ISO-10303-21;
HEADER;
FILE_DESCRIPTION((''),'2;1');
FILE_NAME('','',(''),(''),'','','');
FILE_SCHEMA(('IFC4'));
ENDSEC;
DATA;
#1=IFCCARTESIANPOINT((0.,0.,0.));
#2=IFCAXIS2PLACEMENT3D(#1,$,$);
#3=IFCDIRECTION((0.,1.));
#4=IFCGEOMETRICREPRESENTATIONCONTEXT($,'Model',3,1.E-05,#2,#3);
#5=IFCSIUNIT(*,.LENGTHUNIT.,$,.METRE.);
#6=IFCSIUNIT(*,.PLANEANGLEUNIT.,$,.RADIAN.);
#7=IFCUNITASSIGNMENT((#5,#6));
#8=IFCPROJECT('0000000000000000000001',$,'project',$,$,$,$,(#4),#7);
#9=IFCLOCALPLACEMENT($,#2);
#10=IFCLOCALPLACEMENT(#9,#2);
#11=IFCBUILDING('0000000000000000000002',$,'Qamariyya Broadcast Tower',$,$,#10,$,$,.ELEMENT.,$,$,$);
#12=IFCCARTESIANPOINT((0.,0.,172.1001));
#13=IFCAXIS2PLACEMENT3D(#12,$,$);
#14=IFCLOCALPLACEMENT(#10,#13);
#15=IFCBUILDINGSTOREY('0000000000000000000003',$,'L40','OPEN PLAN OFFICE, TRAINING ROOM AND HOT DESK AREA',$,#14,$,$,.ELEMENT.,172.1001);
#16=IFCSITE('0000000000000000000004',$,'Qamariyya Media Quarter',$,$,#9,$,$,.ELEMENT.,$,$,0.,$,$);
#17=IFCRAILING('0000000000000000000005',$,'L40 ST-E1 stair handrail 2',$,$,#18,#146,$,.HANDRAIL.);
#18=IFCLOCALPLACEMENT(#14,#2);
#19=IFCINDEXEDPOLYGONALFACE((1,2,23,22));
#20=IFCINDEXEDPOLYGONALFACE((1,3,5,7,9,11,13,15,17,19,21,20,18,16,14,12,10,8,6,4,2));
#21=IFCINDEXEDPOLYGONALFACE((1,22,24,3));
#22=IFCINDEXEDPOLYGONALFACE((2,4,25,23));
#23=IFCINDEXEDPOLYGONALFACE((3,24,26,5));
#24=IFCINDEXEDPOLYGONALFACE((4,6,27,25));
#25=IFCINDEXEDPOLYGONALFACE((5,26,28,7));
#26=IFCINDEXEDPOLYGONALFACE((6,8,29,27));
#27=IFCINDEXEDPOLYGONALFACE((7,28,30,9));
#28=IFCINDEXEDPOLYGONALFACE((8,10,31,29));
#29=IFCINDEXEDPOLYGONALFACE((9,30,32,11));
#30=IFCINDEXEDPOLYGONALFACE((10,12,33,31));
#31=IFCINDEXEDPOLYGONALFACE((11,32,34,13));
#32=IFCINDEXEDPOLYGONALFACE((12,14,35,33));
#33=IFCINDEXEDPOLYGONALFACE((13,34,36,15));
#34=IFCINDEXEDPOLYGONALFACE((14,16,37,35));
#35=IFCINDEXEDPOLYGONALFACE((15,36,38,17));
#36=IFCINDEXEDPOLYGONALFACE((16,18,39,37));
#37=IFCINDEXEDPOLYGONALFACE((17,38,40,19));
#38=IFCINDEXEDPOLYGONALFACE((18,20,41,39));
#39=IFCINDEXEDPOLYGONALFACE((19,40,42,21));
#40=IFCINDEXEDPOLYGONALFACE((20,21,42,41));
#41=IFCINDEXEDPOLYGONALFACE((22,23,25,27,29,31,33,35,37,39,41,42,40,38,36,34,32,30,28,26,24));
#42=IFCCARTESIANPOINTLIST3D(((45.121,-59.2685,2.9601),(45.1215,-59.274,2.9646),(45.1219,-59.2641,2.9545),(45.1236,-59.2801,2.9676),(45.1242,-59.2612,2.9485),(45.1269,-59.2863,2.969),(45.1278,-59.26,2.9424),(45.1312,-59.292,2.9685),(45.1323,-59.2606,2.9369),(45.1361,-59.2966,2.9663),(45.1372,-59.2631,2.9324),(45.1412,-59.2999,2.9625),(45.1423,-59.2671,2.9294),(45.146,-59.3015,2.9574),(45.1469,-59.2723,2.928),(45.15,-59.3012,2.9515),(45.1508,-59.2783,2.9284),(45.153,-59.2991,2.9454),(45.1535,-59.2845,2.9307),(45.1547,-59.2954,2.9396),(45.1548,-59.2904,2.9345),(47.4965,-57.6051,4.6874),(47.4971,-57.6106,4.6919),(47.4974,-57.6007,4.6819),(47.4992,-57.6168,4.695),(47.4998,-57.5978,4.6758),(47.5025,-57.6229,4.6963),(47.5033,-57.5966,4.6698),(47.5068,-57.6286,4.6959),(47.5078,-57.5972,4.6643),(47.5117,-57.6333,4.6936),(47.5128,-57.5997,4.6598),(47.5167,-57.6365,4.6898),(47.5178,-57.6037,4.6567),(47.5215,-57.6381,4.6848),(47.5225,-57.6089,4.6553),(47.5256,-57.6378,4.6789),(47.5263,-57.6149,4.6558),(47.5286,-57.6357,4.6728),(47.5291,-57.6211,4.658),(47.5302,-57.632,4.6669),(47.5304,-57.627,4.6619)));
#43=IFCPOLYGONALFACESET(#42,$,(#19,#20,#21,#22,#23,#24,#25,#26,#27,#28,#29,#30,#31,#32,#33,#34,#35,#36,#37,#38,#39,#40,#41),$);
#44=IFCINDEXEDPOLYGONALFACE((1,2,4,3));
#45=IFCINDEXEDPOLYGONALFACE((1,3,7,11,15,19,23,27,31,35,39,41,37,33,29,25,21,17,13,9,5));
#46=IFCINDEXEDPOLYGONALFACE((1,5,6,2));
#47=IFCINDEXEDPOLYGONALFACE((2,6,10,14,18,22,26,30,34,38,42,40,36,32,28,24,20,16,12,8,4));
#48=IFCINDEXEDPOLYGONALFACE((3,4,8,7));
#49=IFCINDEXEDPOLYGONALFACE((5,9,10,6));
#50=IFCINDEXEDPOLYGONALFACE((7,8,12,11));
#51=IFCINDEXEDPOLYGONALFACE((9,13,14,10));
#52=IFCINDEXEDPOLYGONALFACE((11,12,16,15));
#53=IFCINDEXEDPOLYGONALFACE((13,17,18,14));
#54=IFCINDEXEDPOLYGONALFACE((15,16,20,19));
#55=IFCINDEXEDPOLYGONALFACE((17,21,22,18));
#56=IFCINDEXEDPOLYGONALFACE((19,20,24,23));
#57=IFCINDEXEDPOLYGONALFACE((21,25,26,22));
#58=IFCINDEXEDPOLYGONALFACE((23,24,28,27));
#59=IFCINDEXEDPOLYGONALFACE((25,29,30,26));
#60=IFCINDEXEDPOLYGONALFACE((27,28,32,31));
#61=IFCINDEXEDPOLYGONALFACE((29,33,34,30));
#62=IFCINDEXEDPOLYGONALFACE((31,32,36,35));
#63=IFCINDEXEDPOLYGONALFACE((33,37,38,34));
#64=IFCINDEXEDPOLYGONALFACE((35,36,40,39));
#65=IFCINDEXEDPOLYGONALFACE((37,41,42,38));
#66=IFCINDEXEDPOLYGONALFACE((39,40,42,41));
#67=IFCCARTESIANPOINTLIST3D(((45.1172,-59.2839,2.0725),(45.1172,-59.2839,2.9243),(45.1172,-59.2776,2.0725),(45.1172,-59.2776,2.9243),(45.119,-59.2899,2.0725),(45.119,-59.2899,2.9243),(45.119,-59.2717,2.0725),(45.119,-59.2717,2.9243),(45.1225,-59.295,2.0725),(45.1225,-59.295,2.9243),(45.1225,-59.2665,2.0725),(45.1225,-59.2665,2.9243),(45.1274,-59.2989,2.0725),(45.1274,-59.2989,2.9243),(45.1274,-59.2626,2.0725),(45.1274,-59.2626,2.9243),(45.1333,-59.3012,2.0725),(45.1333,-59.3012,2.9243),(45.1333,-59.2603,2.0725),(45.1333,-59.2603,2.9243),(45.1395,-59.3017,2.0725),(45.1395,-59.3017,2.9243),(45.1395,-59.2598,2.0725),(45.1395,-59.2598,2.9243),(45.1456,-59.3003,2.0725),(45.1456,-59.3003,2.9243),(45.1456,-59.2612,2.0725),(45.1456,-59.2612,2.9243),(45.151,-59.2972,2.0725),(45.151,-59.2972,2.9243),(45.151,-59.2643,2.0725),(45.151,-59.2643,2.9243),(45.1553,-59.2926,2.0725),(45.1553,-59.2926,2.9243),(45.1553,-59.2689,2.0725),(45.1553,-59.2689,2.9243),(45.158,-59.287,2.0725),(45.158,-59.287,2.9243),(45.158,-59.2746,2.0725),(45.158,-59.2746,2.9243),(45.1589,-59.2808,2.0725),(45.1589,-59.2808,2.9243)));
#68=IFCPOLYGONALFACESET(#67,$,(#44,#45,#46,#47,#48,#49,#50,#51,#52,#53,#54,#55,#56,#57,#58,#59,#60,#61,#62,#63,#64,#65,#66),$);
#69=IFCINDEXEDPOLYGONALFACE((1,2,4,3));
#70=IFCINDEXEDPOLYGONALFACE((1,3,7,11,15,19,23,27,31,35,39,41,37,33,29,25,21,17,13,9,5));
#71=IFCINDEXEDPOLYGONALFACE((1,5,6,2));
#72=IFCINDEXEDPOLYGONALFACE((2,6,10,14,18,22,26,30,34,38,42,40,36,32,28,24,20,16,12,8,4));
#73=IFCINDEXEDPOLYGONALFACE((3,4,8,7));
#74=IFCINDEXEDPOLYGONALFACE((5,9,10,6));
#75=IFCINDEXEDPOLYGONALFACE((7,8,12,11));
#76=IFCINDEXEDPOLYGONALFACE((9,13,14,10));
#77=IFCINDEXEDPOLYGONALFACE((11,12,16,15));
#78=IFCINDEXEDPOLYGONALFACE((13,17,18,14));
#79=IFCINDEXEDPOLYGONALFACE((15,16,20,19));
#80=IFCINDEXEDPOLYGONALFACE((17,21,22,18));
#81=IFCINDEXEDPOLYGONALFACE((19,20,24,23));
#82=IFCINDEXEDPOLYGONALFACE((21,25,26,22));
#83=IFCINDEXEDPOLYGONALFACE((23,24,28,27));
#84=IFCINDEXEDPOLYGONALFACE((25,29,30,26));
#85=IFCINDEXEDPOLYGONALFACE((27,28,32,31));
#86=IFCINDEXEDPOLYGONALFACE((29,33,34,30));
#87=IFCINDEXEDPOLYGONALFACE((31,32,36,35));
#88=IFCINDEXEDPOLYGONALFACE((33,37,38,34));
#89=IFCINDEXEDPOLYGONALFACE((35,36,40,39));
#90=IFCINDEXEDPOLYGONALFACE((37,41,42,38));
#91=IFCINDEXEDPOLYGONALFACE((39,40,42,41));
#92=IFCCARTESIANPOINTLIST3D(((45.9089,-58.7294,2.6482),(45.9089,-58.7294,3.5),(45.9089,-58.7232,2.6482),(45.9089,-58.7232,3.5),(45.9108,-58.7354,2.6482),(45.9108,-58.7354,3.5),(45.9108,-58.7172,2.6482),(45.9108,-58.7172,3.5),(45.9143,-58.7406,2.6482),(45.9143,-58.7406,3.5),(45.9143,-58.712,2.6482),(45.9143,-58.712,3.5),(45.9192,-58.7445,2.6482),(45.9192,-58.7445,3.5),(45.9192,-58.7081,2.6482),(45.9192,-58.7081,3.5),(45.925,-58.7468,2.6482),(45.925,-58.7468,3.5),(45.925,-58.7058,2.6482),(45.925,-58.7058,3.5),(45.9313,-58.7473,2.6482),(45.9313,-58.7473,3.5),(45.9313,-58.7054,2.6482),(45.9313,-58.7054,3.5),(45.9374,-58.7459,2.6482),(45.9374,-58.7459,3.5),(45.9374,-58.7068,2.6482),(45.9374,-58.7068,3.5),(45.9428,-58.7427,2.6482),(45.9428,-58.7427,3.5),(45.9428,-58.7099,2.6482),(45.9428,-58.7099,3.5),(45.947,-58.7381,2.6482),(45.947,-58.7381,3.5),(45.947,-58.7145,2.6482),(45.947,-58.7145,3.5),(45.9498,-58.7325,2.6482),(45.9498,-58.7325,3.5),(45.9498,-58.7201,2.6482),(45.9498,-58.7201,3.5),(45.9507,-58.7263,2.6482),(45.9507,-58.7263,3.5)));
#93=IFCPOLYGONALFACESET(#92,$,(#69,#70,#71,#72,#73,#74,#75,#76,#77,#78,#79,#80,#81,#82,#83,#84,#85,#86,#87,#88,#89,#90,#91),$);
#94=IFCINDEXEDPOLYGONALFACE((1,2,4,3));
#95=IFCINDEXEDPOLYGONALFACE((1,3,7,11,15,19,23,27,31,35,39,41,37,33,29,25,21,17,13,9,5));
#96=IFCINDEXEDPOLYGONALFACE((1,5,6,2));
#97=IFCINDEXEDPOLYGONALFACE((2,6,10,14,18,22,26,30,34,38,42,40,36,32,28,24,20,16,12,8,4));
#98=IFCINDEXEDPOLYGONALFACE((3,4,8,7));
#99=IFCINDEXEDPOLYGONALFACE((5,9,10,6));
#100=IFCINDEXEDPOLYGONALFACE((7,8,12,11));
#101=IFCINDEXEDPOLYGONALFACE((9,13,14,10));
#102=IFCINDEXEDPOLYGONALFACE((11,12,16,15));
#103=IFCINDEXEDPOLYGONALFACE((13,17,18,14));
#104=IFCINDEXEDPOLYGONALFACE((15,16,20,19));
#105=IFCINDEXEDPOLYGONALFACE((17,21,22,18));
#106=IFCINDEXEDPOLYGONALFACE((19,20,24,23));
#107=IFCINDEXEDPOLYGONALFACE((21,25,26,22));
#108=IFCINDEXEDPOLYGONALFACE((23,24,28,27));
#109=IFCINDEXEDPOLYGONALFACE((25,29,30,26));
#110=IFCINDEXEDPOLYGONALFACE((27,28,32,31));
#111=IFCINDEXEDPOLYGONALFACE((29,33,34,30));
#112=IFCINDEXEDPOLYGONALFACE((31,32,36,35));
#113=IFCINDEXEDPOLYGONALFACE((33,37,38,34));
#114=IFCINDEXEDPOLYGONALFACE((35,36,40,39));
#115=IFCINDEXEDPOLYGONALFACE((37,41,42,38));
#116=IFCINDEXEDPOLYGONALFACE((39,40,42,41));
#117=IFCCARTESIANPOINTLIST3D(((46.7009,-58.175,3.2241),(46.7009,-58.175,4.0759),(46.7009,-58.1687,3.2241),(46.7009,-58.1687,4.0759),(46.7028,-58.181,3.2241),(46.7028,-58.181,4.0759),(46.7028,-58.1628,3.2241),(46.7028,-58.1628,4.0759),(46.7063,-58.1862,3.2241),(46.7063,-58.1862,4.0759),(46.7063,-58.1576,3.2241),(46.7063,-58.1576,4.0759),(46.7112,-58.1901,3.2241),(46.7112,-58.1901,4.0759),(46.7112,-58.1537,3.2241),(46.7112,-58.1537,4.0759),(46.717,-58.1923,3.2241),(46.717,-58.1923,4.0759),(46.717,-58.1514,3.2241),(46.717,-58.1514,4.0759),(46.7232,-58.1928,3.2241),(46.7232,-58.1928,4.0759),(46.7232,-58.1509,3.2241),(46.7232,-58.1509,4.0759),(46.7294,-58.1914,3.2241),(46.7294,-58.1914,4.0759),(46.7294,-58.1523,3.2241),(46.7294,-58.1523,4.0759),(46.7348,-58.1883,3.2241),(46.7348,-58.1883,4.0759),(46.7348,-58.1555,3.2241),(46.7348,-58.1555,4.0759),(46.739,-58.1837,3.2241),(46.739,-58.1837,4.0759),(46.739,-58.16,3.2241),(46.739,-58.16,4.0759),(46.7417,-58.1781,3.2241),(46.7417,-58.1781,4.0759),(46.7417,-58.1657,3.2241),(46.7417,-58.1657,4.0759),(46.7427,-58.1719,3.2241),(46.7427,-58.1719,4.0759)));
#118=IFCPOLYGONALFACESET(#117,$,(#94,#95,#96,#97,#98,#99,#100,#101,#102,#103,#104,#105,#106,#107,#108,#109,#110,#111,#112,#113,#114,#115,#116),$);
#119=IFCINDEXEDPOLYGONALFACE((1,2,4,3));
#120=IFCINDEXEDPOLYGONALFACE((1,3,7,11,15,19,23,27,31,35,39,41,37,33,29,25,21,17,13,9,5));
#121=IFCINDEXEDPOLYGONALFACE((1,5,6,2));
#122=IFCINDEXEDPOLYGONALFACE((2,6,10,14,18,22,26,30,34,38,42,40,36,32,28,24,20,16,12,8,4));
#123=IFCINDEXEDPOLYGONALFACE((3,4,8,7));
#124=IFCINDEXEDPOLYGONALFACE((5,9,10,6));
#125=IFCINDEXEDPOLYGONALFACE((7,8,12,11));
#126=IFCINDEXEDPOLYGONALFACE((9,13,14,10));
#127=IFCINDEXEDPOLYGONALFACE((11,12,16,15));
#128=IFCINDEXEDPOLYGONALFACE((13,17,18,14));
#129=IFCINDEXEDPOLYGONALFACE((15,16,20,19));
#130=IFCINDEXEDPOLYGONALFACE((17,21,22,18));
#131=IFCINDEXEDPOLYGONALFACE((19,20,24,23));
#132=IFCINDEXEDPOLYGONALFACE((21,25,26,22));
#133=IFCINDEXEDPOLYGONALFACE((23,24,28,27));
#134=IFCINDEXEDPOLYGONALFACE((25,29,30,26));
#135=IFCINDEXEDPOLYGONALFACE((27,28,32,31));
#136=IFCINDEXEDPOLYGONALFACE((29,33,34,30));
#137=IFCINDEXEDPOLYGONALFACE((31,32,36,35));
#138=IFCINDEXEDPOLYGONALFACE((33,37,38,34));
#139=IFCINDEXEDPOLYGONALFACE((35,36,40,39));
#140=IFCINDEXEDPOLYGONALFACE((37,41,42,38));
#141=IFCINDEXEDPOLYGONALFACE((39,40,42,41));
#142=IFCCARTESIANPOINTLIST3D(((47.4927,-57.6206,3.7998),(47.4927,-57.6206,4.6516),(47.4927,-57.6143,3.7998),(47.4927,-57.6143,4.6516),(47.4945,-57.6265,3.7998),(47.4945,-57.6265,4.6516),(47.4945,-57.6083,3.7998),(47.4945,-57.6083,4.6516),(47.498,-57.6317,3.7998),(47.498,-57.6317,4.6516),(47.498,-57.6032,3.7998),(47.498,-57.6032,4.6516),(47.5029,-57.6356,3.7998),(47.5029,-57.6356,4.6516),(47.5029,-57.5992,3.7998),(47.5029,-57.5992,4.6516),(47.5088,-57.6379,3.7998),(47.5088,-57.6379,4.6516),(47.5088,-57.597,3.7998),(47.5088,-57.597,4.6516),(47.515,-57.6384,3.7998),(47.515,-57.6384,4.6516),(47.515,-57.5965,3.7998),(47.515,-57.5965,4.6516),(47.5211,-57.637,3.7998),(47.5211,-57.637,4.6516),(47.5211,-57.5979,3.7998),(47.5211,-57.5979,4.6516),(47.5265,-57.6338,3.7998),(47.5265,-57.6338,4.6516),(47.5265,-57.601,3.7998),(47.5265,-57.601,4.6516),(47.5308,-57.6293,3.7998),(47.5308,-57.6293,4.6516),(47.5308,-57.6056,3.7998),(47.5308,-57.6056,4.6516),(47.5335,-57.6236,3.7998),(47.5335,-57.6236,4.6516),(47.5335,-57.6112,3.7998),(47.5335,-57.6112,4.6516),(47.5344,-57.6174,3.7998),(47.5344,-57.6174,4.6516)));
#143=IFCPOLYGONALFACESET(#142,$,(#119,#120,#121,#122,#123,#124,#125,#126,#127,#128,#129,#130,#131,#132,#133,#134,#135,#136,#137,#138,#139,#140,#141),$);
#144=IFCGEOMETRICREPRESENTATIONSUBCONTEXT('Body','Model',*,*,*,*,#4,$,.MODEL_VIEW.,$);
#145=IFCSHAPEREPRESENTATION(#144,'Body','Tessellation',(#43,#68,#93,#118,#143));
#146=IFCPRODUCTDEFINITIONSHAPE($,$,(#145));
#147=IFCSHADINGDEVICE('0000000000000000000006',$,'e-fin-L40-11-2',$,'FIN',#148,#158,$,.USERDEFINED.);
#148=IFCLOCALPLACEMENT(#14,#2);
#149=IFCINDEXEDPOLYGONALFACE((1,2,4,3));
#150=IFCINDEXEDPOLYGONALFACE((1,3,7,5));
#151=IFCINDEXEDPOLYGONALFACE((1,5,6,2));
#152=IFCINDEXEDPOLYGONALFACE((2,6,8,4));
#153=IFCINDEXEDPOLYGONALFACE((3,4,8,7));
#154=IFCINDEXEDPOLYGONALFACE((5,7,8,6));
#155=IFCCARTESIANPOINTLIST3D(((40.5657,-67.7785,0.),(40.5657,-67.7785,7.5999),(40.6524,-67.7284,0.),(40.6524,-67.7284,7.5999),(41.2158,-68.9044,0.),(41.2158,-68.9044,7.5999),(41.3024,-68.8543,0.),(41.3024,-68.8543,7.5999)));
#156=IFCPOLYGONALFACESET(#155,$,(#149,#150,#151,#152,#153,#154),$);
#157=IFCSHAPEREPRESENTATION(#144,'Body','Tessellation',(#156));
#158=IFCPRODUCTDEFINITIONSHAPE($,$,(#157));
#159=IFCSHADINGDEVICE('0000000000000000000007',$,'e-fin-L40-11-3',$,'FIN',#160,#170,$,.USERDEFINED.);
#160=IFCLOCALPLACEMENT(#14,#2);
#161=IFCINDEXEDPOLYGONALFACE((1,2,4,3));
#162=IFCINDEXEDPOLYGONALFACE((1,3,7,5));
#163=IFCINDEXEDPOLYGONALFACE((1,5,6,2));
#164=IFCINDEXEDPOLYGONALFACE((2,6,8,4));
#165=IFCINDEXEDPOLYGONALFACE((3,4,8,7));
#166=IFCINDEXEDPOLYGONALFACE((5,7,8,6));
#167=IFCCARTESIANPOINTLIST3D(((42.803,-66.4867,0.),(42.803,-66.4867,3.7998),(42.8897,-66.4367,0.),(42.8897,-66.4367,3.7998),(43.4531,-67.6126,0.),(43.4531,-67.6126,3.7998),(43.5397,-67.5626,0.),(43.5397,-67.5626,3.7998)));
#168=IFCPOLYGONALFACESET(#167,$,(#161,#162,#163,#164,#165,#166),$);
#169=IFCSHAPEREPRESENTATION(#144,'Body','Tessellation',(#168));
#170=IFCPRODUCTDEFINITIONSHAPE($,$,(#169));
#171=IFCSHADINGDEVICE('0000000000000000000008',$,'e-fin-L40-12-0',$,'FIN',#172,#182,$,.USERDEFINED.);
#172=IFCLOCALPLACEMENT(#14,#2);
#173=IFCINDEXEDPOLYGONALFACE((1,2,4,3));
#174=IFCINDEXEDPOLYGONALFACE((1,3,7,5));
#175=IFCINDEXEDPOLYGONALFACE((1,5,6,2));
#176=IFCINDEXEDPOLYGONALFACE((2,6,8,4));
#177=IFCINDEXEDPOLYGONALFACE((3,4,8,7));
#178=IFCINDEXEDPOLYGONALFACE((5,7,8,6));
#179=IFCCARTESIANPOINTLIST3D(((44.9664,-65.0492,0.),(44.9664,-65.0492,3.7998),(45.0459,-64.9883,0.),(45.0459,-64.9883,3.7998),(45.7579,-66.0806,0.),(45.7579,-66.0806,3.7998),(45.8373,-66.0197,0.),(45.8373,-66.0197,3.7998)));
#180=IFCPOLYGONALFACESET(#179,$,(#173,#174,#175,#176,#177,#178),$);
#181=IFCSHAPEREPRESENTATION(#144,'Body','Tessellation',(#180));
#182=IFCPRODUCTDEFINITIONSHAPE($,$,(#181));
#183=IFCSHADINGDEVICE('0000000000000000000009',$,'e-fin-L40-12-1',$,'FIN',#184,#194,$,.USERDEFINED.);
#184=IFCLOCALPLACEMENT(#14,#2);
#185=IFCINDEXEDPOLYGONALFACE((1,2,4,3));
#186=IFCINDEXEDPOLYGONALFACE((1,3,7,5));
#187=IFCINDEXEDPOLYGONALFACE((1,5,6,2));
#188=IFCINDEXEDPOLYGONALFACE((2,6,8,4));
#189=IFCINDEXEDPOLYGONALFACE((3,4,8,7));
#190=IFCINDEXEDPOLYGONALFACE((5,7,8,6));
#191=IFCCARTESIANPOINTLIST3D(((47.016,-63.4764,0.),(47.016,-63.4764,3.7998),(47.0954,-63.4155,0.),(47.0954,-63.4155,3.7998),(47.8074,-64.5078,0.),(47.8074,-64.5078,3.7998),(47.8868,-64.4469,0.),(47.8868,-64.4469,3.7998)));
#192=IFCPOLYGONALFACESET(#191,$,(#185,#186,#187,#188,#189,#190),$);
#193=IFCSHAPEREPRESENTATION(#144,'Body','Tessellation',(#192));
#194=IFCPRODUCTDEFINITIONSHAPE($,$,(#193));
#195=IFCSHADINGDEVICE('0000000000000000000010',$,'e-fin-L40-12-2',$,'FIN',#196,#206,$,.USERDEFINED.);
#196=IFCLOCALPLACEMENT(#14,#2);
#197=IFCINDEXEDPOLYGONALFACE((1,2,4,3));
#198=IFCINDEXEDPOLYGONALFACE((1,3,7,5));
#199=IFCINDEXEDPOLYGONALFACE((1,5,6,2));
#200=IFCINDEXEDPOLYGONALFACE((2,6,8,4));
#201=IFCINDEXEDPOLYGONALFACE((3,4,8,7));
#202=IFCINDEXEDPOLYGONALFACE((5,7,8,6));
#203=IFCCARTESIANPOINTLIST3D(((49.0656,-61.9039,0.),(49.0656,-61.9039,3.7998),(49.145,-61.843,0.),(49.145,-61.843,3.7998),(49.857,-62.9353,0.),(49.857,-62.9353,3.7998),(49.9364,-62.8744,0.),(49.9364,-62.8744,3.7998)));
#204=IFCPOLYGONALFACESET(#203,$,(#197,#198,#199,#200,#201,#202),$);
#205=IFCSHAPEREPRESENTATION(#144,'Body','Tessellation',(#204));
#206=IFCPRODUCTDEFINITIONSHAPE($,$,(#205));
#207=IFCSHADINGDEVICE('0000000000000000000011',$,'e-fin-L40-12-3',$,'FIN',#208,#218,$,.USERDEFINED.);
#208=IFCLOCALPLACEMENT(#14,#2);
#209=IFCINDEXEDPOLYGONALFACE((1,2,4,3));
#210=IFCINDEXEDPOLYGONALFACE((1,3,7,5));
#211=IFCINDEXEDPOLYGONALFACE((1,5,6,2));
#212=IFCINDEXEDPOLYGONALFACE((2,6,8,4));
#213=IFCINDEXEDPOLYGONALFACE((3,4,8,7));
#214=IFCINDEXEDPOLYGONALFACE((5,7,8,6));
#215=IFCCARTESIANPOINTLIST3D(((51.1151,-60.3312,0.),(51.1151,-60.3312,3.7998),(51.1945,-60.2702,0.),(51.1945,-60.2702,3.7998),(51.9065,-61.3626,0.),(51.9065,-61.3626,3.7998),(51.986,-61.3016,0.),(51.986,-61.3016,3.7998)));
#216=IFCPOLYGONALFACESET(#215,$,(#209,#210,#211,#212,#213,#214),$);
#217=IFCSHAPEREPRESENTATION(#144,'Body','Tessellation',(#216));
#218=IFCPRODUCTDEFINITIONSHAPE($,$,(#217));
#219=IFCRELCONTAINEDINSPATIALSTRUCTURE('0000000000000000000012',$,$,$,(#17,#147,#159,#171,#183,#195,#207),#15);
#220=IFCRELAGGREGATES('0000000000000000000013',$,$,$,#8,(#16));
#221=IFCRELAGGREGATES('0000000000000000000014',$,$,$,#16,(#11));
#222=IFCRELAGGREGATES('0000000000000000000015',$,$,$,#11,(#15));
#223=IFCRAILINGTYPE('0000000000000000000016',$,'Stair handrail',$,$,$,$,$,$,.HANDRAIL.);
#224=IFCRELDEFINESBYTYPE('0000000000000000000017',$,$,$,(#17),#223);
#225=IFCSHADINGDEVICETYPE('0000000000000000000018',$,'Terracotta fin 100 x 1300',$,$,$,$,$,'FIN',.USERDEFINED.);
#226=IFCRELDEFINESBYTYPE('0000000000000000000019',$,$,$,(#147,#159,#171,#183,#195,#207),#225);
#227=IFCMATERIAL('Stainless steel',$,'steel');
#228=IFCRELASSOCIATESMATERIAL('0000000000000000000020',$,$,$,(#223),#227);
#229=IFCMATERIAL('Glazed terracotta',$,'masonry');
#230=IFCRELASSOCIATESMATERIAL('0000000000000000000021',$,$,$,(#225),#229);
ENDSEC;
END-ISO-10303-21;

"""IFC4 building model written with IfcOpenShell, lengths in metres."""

from ifc_helpers import new_model, si_unit, direction, frame, origin, origin_2d, place, context, subcontext, project, spatial, rectangle, circle, extrude, material, material_profile, profile_set, type_object, element, save


model = new_model("IFC4")

# Units and contexts
model_context = context("Model", 3, precision=1e-05, world=origin(), true_north=direction((0.0, 1.0)))
body_context = subcontext(model_context, "Body", "Model", "MODEL_VIEW")
ifc_project = project(units=[si_unit("LENGTHUNIT", "METRE"), si_unit("PLANEANGLEUNIT", "RADIAN")], contexts=[model_context])

# Site, building, storey
site_placement = place(None, origin())
site = spatial("IfcSite", under=ifc_project, at=site_placement, Name="Qamariyya Media Quarter", CompositionType="ELEMENT", RefElevation=0.0)
building_placement = place(site_placement, origin())
building = spatial("IfcBuilding", under=site, at=building_placement, Name="Qamariyya Broadcast Tower", CompositionType="ELEMENT")
storey_placement = place(building_placement, frame((0.0, 0.0, 172.1001)))
storey = spatial("IfcBuildingStorey", under=building, at=storey_placement, Name="L40", Description="OPEN PLAN OFFICE, TRAINING ROOM AND HOT DESK AREA", CompositionType="ELEMENT", Elevation=172.1001)

# Railing
ifc_material_1 = material(Name="Stainless steel", Category="steel")
railing_type_1 = type_object("IfcRailingType", Name="Stair handrail", PredefinedType="HANDRAIL", material=ifc_material_1)
railing_1_placement = place(storey_placement, frame((45.1379, -59.2808, 2.0725)))
element("IfcRailing", 1, at=railing_1_placement, inside=storey, type_object=railing_type_1, Name="L40 ST-E1 stair handrail 2", PredefinedType="HANDRAIL", context=body_context, shape_type="SweptSolid", body=[
    extrude(circle(Radius=0.0239, at=origin_2d()), frame((0.0, 0.0, 0.876), z_axis=(0.70377, 0.492784, 0.511734), x_axis=(-0.573575, 0.819153, 0.0)), (0.0, 0.0, 1.0), 3.3755),
    extrude(circle(Radius=0.021, at=origin_2d()), origin(), (0.0, 0.0, 1.0), 0.8518),
    extrude(circle(Radius=0.021, at=origin_2d()), frame((0.7917, 0.5544, 0.5757)), (0.0, 0.0, 1.0), 0.8518),
    extrude(circle(Radius=0.021, at=origin_2d()), frame((1.5837, 1.1089, 1.1516)), (0.0, 0.0, 1.0), 0.8518),
    extrude(circle(Radius=0.021, at=origin_2d()), frame((2.3755, 1.6633, 1.7273)), (0.0, 0.0, 1.0), 0.8518),
])

# Shading devices
ifc_material_2 = material(Name="Glazed terracotta", Category="masonry")
ifc_material_profile_1 = material_profile(ifc_material_2, rectangle(XDim=1.3, YDim=0.1001, at=origin_2d()))
ifc_profile_set_1 = profile_set([ifc_material_profile_1], Name="Glazed terracotta")
shading_device_type_1 = type_object("IfcShadingDeviceType", Name="Terracotta fin 100 x 1300", ElementType="FIN", PredefinedType="USERDEFINED", material=ifc_profile_set_1)
shading_device_1_placement = place(storey_placement, frame((40.9341, -68.3164, 0.0), z_axis=(0.0, 0.0, 1.0), x_axis=(0.5, -0.866025, 0.0)))
element("IfcShadingDevice", 2, at=shading_device_1_placement, inside=storey, type_object=shading_device_type_1, Name="e-fin-L40-11-2", ObjectType="FIN", PredefinedType="USERDEFINED", context=body_context, shape_type="SweptSolid", body=[
    extrude(rectangle(XDim=1.3, YDim=0.1001, at=origin_2d()), origin(), (0.0, 0.0, 1.0), 7.5999),
])
for number, where, z_axis, x_axis, name in (
    (3, (43.1714, -67.0247, 0.0), (0.0, 0.0, 1.0), (0.5, -0.866025, 0.0), "e-fin-L40-11-3"),
    (4, (45.4019, -65.5344, 0.0), (0.0, 0.0, 1.0), (0.608761, -0.793353, 0.0), "e-fin-L40-12-0"),
    (5, (47.4514, -63.9617, 0.0), (0.0, 0.0, 1.0), (0.608761, -0.793353, 0.0), "e-fin-L40-12-1"),
    (6, (49.501, -62.3892, 0.0), (0.0, 0.0, 1.0), (0.608761, -0.793353, 0.0), "e-fin-L40-12-2"),
    (7, (51.5505, -60.8164, 0.0), (0.0, 0.0, 1.0), (0.608761, -0.793353, 0.0), "e-fin-L40-12-3"),
):
    element("IfcShadingDevice", number, at=place(storey_placement, frame(where, z_axis=z_axis, x_axis=x_axis)), inside=storey, type_object=shading_device_type_1, Name=name, ObjectType="FIN", PredefinedType="USERDEFINED", context=body_context, shape_type="SweptSolid", body=[
        extrude(rectangle(XDim=1.3, YDim=0.1001, at=origin_2d()), origin(), (0.0, 0.0, 1.0), 3.7998),
    ])

save(model, "model.ifc")
